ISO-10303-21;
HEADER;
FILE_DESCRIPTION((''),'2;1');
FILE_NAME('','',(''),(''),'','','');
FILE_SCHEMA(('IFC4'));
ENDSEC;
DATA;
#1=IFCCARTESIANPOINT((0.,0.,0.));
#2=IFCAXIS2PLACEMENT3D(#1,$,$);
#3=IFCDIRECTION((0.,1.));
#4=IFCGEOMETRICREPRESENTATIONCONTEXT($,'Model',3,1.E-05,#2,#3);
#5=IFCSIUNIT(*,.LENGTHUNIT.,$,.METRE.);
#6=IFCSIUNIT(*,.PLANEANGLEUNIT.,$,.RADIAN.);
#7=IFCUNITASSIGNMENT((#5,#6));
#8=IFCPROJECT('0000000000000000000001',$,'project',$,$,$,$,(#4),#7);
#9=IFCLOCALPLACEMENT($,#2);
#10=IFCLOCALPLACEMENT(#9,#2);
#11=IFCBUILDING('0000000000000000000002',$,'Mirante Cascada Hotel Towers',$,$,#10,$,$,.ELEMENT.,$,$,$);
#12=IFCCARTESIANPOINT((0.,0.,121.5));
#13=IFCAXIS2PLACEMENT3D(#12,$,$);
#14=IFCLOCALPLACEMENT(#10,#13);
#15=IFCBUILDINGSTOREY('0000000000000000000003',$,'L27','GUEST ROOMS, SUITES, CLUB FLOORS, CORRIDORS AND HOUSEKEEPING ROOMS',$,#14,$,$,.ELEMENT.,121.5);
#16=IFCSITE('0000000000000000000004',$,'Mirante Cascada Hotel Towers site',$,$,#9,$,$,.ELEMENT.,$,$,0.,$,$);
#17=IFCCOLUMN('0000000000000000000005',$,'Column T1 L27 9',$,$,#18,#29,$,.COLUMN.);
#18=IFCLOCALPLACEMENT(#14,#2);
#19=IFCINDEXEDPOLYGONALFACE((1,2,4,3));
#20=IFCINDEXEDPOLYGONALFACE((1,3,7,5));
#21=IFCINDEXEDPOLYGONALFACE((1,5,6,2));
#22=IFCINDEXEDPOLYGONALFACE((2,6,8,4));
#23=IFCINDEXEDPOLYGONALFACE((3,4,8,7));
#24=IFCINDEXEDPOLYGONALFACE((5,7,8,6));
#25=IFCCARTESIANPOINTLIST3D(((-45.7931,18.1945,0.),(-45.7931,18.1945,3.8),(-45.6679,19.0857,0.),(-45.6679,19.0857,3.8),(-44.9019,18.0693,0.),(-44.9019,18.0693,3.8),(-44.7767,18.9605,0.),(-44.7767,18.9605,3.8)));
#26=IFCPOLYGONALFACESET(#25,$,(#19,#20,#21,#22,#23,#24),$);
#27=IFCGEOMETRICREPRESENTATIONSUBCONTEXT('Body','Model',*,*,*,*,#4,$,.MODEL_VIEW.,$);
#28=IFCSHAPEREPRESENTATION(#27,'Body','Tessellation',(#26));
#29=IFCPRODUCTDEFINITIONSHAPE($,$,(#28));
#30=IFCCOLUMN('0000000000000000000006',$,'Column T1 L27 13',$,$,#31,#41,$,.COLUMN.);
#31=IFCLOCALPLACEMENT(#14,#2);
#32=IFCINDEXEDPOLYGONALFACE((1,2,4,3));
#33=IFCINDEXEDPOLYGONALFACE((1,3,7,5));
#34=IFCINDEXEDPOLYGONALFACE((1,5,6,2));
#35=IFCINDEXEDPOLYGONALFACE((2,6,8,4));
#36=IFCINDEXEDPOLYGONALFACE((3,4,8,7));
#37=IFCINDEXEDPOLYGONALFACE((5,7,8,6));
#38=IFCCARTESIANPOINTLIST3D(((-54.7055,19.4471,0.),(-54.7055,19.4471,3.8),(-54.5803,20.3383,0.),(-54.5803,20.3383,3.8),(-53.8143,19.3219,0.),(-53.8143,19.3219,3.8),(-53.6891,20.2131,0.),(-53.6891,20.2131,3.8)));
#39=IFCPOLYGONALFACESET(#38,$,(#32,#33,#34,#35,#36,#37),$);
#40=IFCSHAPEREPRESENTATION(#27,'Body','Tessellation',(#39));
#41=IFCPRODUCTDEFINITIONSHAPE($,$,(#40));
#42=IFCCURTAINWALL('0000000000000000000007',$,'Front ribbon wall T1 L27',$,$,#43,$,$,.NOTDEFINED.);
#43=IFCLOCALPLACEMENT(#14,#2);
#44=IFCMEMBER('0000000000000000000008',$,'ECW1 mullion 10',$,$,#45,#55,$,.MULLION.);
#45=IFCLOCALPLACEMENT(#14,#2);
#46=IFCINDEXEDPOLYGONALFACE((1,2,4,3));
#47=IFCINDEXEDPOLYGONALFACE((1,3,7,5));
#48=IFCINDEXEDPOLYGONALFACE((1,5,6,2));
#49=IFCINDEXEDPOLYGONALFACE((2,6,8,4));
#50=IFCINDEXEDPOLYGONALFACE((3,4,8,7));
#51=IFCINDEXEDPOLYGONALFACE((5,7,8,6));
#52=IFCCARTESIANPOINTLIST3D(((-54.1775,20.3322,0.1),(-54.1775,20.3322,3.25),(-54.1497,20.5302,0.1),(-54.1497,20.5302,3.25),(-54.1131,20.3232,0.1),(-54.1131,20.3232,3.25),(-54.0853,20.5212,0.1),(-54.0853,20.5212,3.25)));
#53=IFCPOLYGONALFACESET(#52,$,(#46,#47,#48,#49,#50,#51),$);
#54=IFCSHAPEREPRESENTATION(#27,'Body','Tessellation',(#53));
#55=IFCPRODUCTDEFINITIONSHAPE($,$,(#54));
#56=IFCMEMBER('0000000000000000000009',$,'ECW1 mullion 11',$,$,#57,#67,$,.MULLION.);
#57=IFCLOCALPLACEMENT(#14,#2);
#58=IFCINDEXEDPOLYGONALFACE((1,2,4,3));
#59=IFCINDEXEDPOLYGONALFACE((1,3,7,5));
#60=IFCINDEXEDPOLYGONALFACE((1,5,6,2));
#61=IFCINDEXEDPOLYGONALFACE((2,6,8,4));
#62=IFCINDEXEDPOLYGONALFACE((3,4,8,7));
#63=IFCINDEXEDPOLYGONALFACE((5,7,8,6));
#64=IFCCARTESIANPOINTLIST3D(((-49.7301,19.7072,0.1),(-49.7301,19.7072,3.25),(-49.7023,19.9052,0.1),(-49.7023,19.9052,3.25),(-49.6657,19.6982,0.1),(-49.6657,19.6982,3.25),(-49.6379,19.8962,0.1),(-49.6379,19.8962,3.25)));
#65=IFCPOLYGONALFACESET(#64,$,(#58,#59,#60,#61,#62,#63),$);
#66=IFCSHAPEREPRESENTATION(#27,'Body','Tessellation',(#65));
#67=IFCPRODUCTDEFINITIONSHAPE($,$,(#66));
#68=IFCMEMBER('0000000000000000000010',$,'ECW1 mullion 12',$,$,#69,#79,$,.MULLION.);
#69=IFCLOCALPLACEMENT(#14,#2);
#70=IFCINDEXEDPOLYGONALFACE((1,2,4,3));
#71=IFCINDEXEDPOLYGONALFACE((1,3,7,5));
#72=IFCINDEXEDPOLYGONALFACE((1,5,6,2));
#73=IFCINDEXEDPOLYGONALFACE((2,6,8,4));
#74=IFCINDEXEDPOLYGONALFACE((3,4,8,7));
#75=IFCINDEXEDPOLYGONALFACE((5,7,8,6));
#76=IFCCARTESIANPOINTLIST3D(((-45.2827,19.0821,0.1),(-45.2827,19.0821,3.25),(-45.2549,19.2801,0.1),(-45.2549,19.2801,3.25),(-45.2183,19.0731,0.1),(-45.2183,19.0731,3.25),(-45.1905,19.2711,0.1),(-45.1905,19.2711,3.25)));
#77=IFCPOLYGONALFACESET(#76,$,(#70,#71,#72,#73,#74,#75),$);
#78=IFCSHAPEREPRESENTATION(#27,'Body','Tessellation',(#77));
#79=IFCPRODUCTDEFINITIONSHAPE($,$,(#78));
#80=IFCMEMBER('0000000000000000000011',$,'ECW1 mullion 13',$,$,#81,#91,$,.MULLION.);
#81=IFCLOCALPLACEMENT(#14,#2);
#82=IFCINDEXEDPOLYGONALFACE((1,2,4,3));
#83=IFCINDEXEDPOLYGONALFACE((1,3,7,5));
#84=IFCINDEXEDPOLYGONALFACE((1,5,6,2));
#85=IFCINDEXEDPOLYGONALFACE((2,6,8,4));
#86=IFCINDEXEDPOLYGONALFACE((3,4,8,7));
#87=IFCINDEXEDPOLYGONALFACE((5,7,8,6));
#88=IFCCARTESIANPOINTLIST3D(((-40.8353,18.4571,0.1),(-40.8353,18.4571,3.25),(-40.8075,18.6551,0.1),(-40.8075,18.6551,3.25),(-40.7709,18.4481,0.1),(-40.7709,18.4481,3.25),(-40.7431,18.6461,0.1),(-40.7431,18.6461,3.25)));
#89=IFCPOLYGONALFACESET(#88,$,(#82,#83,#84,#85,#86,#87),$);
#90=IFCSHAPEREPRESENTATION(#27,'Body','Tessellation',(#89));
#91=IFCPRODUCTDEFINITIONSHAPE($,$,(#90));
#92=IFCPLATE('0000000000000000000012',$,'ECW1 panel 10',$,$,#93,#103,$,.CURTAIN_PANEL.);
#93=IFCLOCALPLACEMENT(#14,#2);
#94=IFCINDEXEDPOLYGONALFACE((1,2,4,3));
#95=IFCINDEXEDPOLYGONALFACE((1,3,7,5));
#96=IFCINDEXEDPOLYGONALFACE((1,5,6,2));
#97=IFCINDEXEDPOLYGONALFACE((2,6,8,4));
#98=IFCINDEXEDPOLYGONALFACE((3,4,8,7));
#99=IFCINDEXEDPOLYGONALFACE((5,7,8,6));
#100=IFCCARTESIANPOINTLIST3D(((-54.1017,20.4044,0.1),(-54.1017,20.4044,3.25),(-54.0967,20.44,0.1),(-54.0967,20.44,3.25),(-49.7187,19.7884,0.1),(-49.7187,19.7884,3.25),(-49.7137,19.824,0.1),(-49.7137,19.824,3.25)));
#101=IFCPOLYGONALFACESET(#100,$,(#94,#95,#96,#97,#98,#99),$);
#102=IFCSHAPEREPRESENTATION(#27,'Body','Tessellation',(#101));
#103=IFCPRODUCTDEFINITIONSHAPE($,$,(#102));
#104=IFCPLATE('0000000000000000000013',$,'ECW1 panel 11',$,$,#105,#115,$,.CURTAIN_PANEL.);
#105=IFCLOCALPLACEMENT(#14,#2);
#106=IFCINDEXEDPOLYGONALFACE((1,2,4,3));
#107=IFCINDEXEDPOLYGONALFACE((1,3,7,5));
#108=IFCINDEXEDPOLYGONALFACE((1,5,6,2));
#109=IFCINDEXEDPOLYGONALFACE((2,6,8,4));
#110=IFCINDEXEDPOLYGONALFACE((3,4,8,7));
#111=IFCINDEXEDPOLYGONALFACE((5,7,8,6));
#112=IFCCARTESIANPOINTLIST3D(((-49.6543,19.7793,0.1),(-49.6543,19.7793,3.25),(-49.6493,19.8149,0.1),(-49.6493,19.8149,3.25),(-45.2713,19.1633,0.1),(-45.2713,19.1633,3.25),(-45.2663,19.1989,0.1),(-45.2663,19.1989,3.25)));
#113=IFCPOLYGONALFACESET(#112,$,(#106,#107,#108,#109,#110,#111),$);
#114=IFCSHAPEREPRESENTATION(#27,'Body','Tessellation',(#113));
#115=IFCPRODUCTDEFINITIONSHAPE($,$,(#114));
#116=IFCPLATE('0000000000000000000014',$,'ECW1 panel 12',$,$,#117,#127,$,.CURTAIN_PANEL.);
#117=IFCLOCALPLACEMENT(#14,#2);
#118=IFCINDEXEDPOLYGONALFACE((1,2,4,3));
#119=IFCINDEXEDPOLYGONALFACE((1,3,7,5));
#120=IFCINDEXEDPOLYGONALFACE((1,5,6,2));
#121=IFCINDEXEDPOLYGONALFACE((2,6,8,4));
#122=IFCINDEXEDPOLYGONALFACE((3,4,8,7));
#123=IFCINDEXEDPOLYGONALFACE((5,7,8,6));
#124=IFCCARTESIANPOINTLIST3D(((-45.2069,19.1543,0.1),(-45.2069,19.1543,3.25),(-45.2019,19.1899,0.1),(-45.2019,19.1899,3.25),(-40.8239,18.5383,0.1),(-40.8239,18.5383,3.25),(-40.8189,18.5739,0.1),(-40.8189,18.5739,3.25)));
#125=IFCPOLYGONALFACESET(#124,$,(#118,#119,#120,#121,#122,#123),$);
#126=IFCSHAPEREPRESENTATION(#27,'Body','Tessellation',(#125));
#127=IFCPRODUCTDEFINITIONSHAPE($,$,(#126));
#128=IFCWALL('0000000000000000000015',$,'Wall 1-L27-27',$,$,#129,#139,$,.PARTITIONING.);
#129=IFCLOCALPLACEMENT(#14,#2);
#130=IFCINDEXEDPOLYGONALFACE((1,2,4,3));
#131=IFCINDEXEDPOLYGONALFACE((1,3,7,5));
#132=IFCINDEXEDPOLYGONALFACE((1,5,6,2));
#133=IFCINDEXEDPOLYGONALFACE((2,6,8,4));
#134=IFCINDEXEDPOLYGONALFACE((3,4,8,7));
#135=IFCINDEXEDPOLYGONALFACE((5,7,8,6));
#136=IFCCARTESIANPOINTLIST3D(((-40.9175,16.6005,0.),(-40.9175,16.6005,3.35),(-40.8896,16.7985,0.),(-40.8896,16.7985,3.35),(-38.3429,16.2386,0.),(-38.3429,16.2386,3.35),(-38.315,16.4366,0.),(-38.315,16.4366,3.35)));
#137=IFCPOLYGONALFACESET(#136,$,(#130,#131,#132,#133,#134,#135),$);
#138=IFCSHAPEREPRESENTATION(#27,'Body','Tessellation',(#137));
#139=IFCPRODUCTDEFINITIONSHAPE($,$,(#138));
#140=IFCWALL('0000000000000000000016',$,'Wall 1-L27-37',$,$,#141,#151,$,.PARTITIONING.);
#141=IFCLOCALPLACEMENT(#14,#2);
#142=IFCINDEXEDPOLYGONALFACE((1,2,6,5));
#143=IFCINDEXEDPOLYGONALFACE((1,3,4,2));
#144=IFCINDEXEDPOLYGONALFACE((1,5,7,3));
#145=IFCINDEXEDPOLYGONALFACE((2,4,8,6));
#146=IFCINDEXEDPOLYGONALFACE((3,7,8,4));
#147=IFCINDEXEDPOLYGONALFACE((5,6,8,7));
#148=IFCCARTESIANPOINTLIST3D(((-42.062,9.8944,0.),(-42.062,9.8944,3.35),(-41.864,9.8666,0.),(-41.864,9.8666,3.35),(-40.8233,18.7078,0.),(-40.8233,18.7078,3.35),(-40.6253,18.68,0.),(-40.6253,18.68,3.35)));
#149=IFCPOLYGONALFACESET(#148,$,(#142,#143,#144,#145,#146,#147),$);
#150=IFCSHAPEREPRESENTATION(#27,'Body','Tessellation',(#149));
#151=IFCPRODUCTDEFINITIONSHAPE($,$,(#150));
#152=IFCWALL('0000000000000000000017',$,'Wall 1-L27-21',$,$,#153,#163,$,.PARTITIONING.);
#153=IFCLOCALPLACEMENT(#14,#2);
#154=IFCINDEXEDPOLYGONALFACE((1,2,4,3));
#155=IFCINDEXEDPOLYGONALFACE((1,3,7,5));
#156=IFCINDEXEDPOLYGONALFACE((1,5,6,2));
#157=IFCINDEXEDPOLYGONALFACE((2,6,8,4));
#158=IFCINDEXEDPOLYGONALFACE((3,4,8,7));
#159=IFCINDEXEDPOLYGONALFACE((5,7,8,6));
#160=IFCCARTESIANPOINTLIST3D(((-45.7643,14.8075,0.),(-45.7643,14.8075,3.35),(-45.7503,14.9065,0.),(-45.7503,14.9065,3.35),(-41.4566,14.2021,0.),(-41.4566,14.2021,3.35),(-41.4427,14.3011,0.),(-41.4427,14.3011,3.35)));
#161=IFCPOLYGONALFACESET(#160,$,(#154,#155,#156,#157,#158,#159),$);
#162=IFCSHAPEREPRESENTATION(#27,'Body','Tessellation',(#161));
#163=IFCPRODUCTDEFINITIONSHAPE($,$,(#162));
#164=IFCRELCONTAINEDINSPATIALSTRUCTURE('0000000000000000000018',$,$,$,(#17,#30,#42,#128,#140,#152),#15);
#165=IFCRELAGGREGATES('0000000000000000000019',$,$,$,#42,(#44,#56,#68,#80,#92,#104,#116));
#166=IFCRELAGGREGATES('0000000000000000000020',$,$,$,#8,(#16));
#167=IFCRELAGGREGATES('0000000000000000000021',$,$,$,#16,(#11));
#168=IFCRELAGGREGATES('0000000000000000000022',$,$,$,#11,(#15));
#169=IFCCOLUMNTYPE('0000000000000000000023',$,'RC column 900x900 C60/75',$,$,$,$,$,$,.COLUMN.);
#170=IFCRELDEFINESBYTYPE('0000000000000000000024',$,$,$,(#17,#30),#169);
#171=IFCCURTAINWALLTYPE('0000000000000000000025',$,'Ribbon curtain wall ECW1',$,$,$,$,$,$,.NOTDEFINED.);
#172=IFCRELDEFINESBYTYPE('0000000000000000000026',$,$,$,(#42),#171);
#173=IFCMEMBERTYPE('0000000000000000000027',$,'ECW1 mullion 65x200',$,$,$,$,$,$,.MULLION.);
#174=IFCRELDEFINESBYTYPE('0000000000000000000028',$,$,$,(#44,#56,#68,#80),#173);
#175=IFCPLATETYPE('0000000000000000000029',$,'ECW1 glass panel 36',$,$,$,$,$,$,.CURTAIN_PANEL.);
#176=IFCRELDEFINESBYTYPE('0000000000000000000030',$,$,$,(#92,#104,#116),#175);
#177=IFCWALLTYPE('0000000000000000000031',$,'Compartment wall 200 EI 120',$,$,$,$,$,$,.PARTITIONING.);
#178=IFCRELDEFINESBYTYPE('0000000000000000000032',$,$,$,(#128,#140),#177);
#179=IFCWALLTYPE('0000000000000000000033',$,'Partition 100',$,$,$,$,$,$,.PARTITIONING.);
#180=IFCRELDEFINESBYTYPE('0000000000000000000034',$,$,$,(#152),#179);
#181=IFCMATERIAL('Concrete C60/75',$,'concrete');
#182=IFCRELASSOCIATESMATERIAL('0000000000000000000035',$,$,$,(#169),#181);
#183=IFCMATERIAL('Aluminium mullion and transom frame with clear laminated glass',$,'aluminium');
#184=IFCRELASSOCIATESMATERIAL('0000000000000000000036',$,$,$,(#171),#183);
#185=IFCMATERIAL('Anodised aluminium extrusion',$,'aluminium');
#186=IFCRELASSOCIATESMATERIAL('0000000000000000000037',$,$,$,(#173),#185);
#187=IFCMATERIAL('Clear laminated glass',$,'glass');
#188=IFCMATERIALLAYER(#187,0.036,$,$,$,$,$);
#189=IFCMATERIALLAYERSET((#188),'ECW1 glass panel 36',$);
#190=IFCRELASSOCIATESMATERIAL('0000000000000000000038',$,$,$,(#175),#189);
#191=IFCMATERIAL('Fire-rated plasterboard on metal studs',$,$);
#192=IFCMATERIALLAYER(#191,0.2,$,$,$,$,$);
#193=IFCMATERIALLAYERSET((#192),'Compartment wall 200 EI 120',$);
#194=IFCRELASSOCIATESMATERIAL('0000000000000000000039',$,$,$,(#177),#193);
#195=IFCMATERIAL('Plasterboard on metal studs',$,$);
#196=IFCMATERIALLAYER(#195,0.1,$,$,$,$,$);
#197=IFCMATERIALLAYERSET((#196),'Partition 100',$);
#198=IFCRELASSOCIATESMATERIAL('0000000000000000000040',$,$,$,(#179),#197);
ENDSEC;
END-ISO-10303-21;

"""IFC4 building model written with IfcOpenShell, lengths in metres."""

from ifc_helpers import new_model, si_unit, direction, frame, frame_2d, origin, origin_2d, place, context, subcontext, project, spatial, rectangle, extrude, material, layer, layer_set, material_profile, profile_set, type_object, element, aggregate, save


model = new_model("IFC4")

# Units and contexts
model_context = context("Model", 3, precision=1e-05, world=origin(), true_north=direction((0.0, 1.0)))
body_context = subcontext(model_context, "Body", "Model", "MODEL_VIEW")
ifc_project = project(units=[si_unit("LENGTHUNIT", "METRE"), si_unit("PLANEANGLEUNIT", "RADIAN")], contexts=[model_context])

# Site, building, storey
site_placement = place(None, origin())
site = spatial("IfcSite", under=ifc_project, at=site_placement, Name="Mirante Cascada Hotel Towers site", CompositionType="ELEMENT", RefElevation=0.0)
building_placement = place(site_placement, origin())
building = spatial("IfcBuilding", under=site, at=building_placement, Name="Mirante Cascada Hotel Towers", CompositionType="ELEMENT")
storey_placement = place(building_placement, frame((0.0, 0.0, 121.5)))
storey = spatial("IfcBuildingStorey", under=building, at=storey_placement, Name="L27", Description="GUEST ROOMS, SUITES, CLUB FLOORS, CORRIDORS AND HOUSEKEEPING ROOMS", CompositionType="ELEMENT", Elevation=121.5)

# Columns
ifc_material_1 = material(Name="Concrete C60/75", Category="concrete")
ifc_material_profile_1 = material_profile(ifc_material_1, rectangle(XDim=0.9, YDim=0.9, at=origin_2d()), Name="RC column 900x900 C60/75")
ifc_profile_set_1 = profile_set([ifc_material_profile_1], Name="Concrete C60/75")
column_type = type_object("IfcColumnType", Name="RC column 900x900 C60/75", PredefinedType="COLUMN", material=ifc_profile_set_1)
for number, where, z_axis, x_axis, name in (
    (1, (-45.2849, 18.5775, 0.0), (0.0, 0.0, 1.0), (-0.990268, 0.139173, 0.0), "Column T1 L27 9"),
    (2, (-54.1973, 19.8301, 0.0), (0.0, 0.0, 1.0), (-0.990268, 0.139173, 0.0), "Column T1 L27 13"),
):
    element("IfcColumn", number, at=place(storey_placement, frame(where, z_axis=z_axis, x_axis=x_axis)), inside=storey, type_object=column_type, Name=name, PredefinedType="COLUMN", context=body_context, shape_type="SweptSolid", body=[
        extrude(rectangle(XDim=0.9, YDim=0.9, at=origin_2d()), origin(), (0.0, 0.0, 1.0), 3.8),
    ])

# Curtain wall, members, plates
ifc_material_2 = material(Name="Aluminium mullion and transom frame with clear laminated glass", Category="aluminium")
curtain_wall_type = type_object("IfcCurtainWallType", Name="Ribbon curtain wall ECW1", PredefinedType="NOTDEFINED", material=ifc_material_2)
curtain_wall_placement = place(storey_placement, origin())
curtain_wall = element("IfcCurtainWall", 3, at=curtain_wall_placement, inside=storey, type_object=curtain_wall_type, Name="Front ribbon wall T1 L27", PredefinedType="NOTDEFINED")
ifc_material_3 = material(Name="Anodised aluminium extrusion", Category="aluminium")
ifc_material_profile_2 = material_profile(ifc_material_3, rectangle(XDim=0.2, YDim=0.065, at=origin_2d()), Name="ECW1 MULLION 65x200")
ifc_profile_set_2 = profile_set([ifc_material_profile_2], Name="Anodised aluminium extrusion")
member_type = type_object("IfcMemberType", Name="ECW1 mullion 65x200", PredefinedType="MULLION", material=ifc_profile_set_2)
member_1_placement = place(storey_placement, frame((-54.1314, 20.4267, 0.1), z_axis=(0.0, 0.0, 1.0), x_axis=(0.139173, 0.990268, 0.0)))
member_1 = element("IfcMember", 4, at=member_1_placement, type_object=member_type, Name="ECW1 mullion 10", PredefinedType="MULLION", context=body_context, shape_type="SweptSolid", body=[
    extrude(rectangle(XDim=0.2, YDim=0.065, at=origin_2d()), origin(), (0.0, 0.0, 1.0), 3.15),
])
member_2_placement = place(storey_placement, frame((-49.684, 19.8017, 0.1), z_axis=(0.0, 0.0, 1.0), x_axis=(0.139173, 0.990268, 0.0)))
member_2 = element("IfcMember", 5, at=member_2_placement, type_object=member_type, Name="ECW1 mullion 11", PredefinedType="MULLION", context=body_context, shape_type="SweptSolid", body=[
    extrude(rectangle(XDim=0.2, YDim=0.065, at=origin_2d()), origin(), (0.0, 0.0, 1.0), 3.15),
])
member_3_placement = place(storey_placement, frame((-45.2366, 19.1766, 0.1), z_axis=(0.0, 0.0, 1.0), x_axis=(0.139173, 0.990268, 0.0)))
member_3 = element("IfcMember", 6, at=member_3_placement, type_object=member_type, Name="ECW1 mullion 12", PredefinedType="MULLION", context=body_context, shape_type="SweptSolid", body=[
    extrude(rectangle(XDim=0.2, YDim=0.065, at=origin_2d()), origin(), (0.0, 0.0, 1.0), 3.15),
])
member_4_placement = place(storey_placement, frame((-40.7892, 18.5516, 0.1), z_axis=(0.0, 0.0, 1.0), x_axis=(0.139173, 0.990268, 0.0)))
member_4 = element("IfcMember", 7, at=member_4_placement, type_object=member_type, Name="ECW1 mullion 13", PredefinedType="MULLION", context=body_context, shape_type="SweptSolid", body=[
    extrude(rectangle(XDim=0.2, YDim=0.065, at=origin_2d()), origin(), (0.0, 0.0, 1.0), 3.15),
])
ifc_material_4 = material(Name="Clear laminated glass", Category="glass")
ifc_layer_1 = layer(ifc_material_4, 0.036)
ifc_layer_set_1 = layer_set([ifc_layer_1], Name="ECW1 glass panel 36")
plate_type = type_object("IfcPlateType", Name="ECW1 glass panel 36", PredefinedType="CURTAIN_PANEL", material=ifc_layer_set_1)
plate_1_placement = place(storey_placement, frame((-51.9077, 20.1142, 0.1), z_axis=(0.0, 0.0, 1.0), x_axis=(0.990268, -0.139173, 0.0)))
plate_1 = element("IfcPlate", 8, at=plate_1_placement, type_object=plate_type, Name="ECW1 panel 10", PredefinedType="CURTAIN_PANEL", context=body_context, shape_type="SweptSolid", body=[
    extrude(rectangle(XDim=4.4261, YDim=0.036, at=origin_2d()), origin(), (0.0, 0.0, 1.0), 3.15),
])
plate_2_placement = place(storey_placement, frame((-47.4603, 19.4891, 0.1), z_axis=(0.0, 0.0, 1.0), x_axis=(0.990268, -0.139173, 0.0)))
plate_2 = element("IfcPlate", 9, at=plate_2_placement, type_object=plate_type, Name="ECW1 panel 11", PredefinedType="CURTAIN_PANEL", context=body_context, shape_type="SweptSolid", body=[
    extrude(rectangle(XDim=4.4261, YDim=0.036, at=origin_2d()), origin(), (0.0, 0.0, 1.0), 3.15),
])
plate_3_placement = place(storey_placement, frame((-43.0129, 18.8641, 0.1), z_axis=(0.0, 0.0, 1.0), x_axis=(0.990268, -0.139173, 0.0)))
plate_3 = element("IfcPlate", 10, at=plate_3_placement, type_object=plate_type, Name="ECW1 panel 12", PredefinedType="CURTAIN_PANEL", context=body_context, shape_type="SweptSolid", body=[
    extrude(rectangle(XDim=4.4261, YDim=0.036, at=origin_2d()), origin(), (0.0, 0.0, 1.0), 3.15),
])
aggregate(curtain_wall, [member_1, member_2, member_3, member_4, plate_1, plate_2, plate_3])

# Walls
ifc_material_5 = material(Name="Fire-rated plasterboard on metal studs")
ifc_layer_2 = layer(ifc_material_5, 0.2)
ifc_layer_set_2 = layer_set([ifc_layer_2], Name="Compartment wall 200 EI 120")
wall_type_1 = type_object("IfcWallType", Name="Compartment wall 200 EI 120", PredefinedType="PARTITIONING", material=ifc_layer_set_2)
wall_1_placement = place(storey_placement, frame((-40.9036, 16.6995, 0.0), z_axis=(0.0, 0.0, 1.0), x_axis=(0.990265, -0.139197, 0.0)))
element("IfcWall", 11, at=wall_1_placement, inside=storey, type_object=wall_type_1, Name="Wall 1-L27-27", PredefinedType="PARTITIONING", context=body_context, shape_type="SweptSolid", body=[
    extrude(rectangle(XDim=2.5999, YDim=0.2, at=frame_2d((1.3, 0.0))), origin(), (0.0, 0.0, 1.0), 3.35),
])
wall_2_placement = place(storey_placement, frame((-40.7243, 18.6939, 0.0), z_axis=(0.0, 0.0, 1.0), x_axis=(-0.139179, -0.990267, 0.0)))
element("IfcWall", 12, at=wall_2_placement, inside=storey, type_object=wall_type_1, Name="Wall 1-L27-37", PredefinedType="PARTITIONING", context=body_context, shape_type="SweptSolid", body=[
    extrude(rectangle(XDim=8.9, YDim=0.2, at=frame_2d((4.45, 0.0))), origin(), (0.0, 0.0, 1.0), 3.35),
])
ifc_material_6 = material(Name="Plasterboard on metal studs")
ifc_layer_3 = layer(ifc_material_6, 0.1)
ifc_layer_set_3 = layer_set([ifc_layer_3], Name="Partition 100")
wall_type_2 = type_object("IfcWallType", Name="Partition 100", PredefinedType="PARTITIONING", material=ifc_layer_set_3)
wall_3_placement = place(storey_placement, frame((-45.7573, 14.857, 0.0), z_axis=(0.0, 0.0, 1.0), x_axis=(0.990268, -0.139171, 0.0)))
element("IfcWall", 13, at=wall_3_placement, inside=storey, type_object=wall_type_2, Name="Wall 1-L27-21", PredefinedType="PARTITIONING", context=body_context, shape_type="SweptSolid", body=[
    extrude(rectangle(XDim=4.35, YDim=0.1, at=frame_2d((2.175, 0.0))), origin(), (0.0, 0.0, 1.0), 3.35),
])

save(model, "model.ifc")
